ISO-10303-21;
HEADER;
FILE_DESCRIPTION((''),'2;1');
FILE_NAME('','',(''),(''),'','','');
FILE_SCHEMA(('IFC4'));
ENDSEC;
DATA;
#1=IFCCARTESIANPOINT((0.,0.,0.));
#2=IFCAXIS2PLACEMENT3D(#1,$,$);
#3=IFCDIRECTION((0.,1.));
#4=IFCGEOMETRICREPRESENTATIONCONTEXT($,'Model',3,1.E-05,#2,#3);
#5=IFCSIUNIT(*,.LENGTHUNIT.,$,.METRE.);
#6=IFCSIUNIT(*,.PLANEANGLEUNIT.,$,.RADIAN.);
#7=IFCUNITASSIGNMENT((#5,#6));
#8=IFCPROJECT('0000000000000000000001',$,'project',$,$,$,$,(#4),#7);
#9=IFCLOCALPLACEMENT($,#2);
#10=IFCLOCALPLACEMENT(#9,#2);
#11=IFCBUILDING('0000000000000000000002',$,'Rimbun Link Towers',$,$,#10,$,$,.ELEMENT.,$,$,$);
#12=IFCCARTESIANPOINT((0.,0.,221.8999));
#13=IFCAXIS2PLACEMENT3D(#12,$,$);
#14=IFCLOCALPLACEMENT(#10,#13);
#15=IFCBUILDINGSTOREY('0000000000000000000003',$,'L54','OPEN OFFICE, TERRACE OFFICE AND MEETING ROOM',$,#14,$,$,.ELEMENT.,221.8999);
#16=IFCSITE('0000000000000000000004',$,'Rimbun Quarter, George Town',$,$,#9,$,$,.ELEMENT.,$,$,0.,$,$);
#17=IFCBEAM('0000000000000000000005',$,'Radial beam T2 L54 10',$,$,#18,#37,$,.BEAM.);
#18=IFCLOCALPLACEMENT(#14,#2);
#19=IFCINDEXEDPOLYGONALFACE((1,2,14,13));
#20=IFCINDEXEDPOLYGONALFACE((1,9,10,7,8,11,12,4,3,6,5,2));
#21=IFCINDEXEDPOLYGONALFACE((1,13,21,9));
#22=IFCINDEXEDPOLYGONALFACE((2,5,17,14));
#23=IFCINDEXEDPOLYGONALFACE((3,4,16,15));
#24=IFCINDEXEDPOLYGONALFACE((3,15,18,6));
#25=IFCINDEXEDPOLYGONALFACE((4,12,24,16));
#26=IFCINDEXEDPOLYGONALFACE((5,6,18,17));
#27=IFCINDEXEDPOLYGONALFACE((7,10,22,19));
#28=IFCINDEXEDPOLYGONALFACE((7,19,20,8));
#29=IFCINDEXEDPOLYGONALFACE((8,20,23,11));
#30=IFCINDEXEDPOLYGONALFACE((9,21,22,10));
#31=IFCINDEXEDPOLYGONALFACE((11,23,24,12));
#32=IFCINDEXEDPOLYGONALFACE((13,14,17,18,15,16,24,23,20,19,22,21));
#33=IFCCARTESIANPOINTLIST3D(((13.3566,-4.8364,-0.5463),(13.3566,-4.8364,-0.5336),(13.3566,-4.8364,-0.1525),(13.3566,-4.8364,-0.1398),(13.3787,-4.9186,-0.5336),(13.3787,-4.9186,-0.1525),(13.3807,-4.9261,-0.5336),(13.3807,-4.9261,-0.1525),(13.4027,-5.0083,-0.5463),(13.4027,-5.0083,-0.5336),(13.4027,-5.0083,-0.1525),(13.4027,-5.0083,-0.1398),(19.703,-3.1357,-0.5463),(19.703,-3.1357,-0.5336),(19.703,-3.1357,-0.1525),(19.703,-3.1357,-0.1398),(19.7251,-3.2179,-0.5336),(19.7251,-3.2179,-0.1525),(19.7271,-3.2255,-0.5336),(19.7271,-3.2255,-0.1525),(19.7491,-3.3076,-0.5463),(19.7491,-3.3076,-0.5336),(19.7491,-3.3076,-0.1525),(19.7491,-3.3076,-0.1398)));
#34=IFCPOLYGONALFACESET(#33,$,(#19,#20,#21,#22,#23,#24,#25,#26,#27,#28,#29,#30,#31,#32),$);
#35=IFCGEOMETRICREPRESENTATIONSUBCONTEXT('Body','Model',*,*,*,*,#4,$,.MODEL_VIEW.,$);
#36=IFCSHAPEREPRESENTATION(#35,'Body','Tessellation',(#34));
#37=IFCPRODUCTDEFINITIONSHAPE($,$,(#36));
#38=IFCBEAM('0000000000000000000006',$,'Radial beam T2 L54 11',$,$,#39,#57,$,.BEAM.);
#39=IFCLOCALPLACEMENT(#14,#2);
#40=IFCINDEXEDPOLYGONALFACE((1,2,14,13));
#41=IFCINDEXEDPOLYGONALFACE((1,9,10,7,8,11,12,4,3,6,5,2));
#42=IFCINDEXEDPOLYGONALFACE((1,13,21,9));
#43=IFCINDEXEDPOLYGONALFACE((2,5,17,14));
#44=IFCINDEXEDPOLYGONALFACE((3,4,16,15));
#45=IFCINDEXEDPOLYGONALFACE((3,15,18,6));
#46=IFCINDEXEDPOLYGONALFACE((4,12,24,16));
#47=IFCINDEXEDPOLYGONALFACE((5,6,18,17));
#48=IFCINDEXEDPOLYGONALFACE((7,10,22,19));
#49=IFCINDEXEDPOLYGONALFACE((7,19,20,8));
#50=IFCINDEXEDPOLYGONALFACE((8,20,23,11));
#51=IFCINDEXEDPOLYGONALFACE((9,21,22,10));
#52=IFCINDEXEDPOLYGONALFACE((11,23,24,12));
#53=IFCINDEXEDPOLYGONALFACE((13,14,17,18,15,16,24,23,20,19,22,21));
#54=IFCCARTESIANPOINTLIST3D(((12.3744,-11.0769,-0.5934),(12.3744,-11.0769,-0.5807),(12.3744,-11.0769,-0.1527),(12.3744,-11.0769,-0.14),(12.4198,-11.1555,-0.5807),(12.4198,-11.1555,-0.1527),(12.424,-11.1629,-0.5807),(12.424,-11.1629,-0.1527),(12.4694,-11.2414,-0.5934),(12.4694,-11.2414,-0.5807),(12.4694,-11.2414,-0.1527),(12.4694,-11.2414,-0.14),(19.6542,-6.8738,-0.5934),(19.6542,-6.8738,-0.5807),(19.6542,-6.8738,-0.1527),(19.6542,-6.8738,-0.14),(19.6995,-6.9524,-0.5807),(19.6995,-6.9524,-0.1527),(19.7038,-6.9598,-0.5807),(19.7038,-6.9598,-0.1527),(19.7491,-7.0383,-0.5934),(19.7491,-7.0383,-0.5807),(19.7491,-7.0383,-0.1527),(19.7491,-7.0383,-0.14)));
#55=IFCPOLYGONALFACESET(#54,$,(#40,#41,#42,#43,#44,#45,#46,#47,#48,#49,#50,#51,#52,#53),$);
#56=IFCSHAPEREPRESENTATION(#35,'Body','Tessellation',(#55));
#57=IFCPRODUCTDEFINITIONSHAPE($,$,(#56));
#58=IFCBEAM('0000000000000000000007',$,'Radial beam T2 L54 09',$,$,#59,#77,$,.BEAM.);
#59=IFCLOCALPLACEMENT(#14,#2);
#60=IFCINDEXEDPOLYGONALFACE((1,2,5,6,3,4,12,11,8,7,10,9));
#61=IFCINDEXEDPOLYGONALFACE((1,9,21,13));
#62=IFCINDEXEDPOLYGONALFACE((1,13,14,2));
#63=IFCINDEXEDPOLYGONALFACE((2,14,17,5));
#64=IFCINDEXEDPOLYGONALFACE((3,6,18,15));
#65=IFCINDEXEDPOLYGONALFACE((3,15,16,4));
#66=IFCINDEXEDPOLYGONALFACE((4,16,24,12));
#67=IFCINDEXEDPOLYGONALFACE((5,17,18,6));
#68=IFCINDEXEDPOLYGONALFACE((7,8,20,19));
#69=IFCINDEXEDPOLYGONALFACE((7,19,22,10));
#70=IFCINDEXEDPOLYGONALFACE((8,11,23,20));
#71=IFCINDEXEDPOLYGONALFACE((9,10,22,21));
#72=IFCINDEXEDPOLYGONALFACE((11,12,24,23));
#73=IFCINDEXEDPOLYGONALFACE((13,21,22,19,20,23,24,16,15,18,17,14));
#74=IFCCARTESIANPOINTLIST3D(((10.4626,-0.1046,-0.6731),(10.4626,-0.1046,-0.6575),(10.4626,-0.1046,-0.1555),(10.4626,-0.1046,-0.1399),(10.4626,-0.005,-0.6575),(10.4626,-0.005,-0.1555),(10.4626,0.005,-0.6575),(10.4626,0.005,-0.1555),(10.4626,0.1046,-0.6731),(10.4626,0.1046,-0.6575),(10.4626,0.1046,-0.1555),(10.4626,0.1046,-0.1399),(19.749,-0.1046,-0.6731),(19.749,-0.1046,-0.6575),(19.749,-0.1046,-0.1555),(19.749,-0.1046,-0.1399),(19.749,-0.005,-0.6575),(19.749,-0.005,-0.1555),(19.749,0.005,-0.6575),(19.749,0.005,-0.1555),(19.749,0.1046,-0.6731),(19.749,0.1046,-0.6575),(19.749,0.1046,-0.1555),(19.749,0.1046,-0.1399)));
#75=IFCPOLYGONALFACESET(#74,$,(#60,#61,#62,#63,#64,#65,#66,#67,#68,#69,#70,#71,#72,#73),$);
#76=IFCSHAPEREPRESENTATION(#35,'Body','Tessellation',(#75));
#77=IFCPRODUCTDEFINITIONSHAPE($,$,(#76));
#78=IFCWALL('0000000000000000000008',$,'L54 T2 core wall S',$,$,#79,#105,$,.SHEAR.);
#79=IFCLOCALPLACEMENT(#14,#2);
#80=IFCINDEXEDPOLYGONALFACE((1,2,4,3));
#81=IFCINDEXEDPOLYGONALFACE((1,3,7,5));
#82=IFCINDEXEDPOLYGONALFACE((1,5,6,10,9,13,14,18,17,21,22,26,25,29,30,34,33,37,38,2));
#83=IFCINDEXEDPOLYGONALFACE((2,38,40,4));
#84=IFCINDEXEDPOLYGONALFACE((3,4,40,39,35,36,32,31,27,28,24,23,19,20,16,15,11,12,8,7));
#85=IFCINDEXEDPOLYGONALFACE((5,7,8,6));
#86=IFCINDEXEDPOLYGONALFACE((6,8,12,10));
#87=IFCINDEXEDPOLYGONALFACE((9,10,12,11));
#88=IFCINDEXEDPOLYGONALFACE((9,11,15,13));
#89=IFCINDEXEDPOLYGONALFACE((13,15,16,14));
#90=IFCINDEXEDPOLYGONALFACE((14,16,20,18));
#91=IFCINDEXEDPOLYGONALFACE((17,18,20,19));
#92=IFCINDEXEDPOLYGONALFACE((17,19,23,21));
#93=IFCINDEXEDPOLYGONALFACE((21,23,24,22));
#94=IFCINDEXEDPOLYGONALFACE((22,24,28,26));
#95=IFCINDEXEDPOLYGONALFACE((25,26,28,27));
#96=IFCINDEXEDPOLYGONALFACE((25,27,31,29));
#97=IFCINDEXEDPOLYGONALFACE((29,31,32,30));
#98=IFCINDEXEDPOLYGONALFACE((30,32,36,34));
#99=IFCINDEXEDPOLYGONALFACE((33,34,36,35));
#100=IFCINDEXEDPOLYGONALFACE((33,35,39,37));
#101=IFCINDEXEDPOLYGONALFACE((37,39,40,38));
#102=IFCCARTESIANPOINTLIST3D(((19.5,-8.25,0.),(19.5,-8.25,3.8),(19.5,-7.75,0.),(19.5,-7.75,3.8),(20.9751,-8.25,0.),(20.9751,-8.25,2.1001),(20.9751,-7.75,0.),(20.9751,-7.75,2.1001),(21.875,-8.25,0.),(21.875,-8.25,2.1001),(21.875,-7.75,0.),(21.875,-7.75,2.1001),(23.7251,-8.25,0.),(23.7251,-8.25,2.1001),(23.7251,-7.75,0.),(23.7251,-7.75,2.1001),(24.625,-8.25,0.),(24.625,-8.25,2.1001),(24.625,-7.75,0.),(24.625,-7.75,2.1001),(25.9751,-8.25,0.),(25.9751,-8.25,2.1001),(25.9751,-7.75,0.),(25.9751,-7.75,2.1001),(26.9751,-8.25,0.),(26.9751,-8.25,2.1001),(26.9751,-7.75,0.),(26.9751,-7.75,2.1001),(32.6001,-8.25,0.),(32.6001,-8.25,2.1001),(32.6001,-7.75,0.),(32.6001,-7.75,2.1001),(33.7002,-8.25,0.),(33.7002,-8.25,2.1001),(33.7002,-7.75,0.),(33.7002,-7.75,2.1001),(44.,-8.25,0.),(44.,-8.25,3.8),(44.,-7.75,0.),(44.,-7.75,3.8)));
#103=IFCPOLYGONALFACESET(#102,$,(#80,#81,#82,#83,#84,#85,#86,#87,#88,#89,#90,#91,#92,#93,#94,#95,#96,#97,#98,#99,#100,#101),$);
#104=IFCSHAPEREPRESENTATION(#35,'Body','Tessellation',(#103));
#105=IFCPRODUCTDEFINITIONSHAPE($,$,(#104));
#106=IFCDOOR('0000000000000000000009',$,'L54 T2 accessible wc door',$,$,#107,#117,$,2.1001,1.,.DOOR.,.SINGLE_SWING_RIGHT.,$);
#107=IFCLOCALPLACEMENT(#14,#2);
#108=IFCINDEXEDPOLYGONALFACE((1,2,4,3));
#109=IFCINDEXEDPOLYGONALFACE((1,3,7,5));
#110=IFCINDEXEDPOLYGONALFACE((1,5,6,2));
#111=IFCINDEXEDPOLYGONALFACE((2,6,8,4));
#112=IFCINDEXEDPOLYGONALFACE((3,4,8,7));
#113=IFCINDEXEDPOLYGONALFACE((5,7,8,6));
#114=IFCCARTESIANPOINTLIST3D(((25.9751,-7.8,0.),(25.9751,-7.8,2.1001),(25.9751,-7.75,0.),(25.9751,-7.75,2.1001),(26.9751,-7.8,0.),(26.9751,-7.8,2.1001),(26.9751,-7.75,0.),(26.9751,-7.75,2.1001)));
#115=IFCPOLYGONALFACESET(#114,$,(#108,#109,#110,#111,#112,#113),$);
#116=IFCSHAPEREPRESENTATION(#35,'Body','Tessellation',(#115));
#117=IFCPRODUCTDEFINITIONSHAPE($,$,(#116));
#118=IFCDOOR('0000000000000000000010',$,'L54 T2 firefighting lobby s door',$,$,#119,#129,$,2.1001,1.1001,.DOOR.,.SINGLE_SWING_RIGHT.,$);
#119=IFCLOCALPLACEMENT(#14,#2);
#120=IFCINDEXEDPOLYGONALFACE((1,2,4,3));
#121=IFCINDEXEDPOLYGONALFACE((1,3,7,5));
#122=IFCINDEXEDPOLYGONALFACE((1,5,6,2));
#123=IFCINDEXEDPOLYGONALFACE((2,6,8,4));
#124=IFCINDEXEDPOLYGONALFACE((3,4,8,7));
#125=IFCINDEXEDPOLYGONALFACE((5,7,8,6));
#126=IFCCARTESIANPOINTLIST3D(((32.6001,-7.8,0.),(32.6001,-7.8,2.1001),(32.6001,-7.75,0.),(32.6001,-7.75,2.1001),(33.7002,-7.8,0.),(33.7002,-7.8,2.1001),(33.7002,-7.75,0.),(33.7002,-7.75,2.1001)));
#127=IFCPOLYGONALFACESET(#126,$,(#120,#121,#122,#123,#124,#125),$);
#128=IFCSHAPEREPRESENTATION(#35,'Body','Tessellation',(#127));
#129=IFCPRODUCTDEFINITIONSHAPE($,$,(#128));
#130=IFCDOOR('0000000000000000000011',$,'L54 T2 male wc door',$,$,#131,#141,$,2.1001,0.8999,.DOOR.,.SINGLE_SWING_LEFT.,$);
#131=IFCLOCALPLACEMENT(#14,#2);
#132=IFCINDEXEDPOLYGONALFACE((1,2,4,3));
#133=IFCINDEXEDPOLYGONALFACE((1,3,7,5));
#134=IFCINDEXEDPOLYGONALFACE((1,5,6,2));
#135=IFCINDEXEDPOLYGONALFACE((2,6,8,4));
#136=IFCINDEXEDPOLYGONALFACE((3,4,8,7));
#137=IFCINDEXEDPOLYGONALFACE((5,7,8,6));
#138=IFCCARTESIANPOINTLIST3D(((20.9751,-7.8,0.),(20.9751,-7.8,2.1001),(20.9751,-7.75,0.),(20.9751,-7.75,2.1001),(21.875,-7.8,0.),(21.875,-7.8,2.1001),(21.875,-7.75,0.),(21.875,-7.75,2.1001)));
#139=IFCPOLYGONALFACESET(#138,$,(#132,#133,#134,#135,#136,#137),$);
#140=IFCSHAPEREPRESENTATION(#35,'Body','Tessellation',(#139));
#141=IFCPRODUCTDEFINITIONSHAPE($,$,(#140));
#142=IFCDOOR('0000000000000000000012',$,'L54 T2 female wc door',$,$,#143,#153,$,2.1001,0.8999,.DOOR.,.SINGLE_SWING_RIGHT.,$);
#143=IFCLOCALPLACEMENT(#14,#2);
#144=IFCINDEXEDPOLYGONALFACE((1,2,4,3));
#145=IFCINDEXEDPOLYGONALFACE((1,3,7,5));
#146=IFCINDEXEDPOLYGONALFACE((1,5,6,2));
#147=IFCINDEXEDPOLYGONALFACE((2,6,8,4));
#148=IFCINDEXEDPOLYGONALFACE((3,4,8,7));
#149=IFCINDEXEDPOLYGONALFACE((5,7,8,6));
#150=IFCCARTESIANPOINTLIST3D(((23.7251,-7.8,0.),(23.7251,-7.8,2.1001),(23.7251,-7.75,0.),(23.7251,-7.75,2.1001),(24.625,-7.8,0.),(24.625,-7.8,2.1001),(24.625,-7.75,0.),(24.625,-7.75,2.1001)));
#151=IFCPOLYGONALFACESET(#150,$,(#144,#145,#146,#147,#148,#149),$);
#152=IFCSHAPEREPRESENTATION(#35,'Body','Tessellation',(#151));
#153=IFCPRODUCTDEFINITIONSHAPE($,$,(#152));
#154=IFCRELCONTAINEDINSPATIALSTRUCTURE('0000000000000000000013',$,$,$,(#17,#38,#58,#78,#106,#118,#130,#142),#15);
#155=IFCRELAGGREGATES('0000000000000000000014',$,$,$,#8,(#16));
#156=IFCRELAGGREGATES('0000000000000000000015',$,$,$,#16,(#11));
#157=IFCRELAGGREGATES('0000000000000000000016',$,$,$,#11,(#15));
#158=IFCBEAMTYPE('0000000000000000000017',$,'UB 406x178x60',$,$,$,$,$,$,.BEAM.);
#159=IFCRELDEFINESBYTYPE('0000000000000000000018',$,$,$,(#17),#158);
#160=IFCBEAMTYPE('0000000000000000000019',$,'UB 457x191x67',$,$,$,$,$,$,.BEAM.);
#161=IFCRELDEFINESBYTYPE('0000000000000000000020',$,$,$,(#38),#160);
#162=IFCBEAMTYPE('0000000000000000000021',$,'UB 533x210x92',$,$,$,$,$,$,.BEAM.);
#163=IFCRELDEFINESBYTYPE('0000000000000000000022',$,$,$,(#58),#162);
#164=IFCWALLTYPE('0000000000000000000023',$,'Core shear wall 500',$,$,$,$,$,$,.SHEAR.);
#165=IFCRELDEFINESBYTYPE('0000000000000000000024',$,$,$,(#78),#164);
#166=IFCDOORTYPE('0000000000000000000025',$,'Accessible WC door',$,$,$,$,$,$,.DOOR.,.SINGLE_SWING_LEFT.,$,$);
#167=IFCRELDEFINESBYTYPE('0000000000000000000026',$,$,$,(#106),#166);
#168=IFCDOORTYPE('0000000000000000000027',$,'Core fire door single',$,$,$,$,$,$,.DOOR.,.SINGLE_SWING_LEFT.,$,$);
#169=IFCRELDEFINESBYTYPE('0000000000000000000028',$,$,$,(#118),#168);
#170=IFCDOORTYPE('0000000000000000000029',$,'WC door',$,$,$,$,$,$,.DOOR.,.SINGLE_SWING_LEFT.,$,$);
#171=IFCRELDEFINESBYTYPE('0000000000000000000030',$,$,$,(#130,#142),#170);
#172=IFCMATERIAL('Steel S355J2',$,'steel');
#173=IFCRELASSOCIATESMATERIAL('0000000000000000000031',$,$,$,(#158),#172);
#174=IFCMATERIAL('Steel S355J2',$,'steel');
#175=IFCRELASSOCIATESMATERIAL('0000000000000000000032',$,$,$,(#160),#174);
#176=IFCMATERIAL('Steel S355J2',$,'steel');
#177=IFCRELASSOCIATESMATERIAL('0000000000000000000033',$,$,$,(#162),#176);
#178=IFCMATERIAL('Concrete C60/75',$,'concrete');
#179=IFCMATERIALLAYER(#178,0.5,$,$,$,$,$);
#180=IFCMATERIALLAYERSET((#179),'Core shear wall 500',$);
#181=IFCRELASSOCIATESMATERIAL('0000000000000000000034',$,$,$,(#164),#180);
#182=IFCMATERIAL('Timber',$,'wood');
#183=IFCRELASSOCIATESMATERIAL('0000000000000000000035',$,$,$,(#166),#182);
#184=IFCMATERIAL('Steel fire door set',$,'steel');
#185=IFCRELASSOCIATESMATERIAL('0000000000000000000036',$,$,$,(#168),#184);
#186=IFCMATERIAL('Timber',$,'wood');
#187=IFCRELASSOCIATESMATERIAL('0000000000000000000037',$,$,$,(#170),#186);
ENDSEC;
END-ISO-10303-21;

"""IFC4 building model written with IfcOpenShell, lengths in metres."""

from ifc_helpers import new_model, si_unit, direction, frame, frame_2d, origin, origin_2d, place, context, subcontext, project, spatial, rectangle, i_section, extrude, material, layer, layer_set, material_profile, profile_set, type_object, element, fill, save


model = new_model("IFC4")

# Units and contexts
model_context = context("Model", 3, precision=1e-05, world=origin(), true_north=direction((0.0, 1.0)))
body_context = subcontext(model_context, "Body", "Model", "MODEL_VIEW")
ifc_project = project(units=[si_unit("LENGTHUNIT", "METRE"), si_unit("PLANEANGLEUNIT", "RADIAN")], contexts=[model_context])

# Site, building, storey
site_placement = place(None, origin())
site = spatial("IfcSite", under=ifc_project, at=site_placement, Name="Rimbun Quarter, George Town", CompositionType="ELEMENT", RefElevation=0.0)
building_placement = place(site_placement, origin())
building = spatial("IfcBuilding", under=site, at=building_placement, Name="Rimbun Link Towers", CompositionType="ELEMENT")
storey_placement = place(building_placement, frame((0.0, 0.0, 221.8999)))
storey = spatial("IfcBuildingStorey", under=building, at=storey_placement, Name="L54", Description="OPEN OFFICE, TERRACE OFFICE AND MEETING ROOM", CompositionType="ELEMENT", Elevation=221.8999)

# Beams
ifc_material_1 = material(Name="Steel S355J2", Category="steel")
ifc_material_profile_1 = material_profile(ifc_material_1, i_section(OverallWidth=0.178, OverallDepth=0.4065, WebThickness=0.0078, FlangeThickness=0.0127, at=origin_2d()), Name="UB 406x178x60")
ifc_profile_set_1 = profile_set([ifc_material_profile_1], Name="Steel S355J2")
beam_type_1 = type_object("IfcBeamType", Name="UB 406x178x60", PredefinedType="BEAM", material=ifc_profile_set_1)
beam_1_placement = place(storey_placement, frame((19.7261, -3.2217, -0.343), z_axis=(-0.96592, -0.258842, 0.0), x_axis=(0.258842, -0.96592, 0.0)))
element("IfcBeam", 1, at=beam_1_placement, inside=storey, type_object=beam_type_1, Name="Radial beam T2 L54 10", PredefinedType="BEAM", context=body_context, shape_type="SweptSolid", body=[
    extrude(i_section(OverallWidth=0.178, OverallDepth=0.4065, WebThickness=0.0078, FlangeThickness=0.0127, at=origin_2d()), origin(), (0.0, 0.0, 1.0), 6.5703),
])
ifc_material_2 = material(Name="Steel S355J2", Category="steel")
ifc_material_profile_2 = material_profile(ifc_material_2, i_section(OverallWidth=0.1899, OverallDepth=0.4534, WebThickness=0.0085, FlangeThickness=0.0127, at=origin_2d()), Name="UB 457x191x67")
ifc_profile_set_2 = profile_set([ifc_material_profile_2], Name="Steel S355J2")
beam_type_2 = type_object("IfcBeamType", Name="UB 457x191x67", PredefinedType="BEAM", material=ifc_profile_set_2)
beam_2_placement = place(storey_placement, frame((19.7017, -6.9561, -0.3667), z_axis=(-0.866018, -0.500012, 0.0), x_axis=(0.500012, -0.866018, 0.0)))
element("IfcBeam", 2, at=beam_2_placement, inside=storey, type_object=beam_type_2, Name="Radial beam T2 L54 11", PredefinedType="BEAM", context=body_context, shape_type="SweptSolid", body=[
    extrude(i_section(OverallWidth=0.1899, OverallDepth=0.4534, WebThickness=0.0085, FlangeThickness=0.0127, at=origin_2d()), origin(), (0.0, 0.0, 1.0), 8.406),
])
ifc_material_3 = material(Name="Steel S355J2", Category="steel")
ifc_material_profile_3 = material_profile(ifc_material_3, i_section(OverallWidth=0.2092, OverallDepth=0.5332, WebThickness=0.01, FlangeThickness=0.0156, at=origin_2d()), Name="UB 533x210x92")
ifc_profile_set_3 = profile_set([ifc_material_profile_3], Name="Steel S355J2")
beam_type_3 = type_object("IfcBeamType", Name="UB 533x210x92", PredefinedType="BEAM", material=ifc_profile_set_3)
beam_3_placement = place(storey_placement, frame((19.749, 0.0, -0.4065), z_axis=(-1.0, 0.0, 0.0), x_axis=(0.0, -1.0, 0.0)))
element("IfcBeam", 3, at=beam_3_placement, inside=storey, type_object=beam_type_3, Name="Radial beam T2 L54 09", PredefinedType="BEAM", context=body_context, shape_type="SweptSolid", body=[
    extrude(i_section(OverallWidth=0.2092, OverallDepth=0.5332, WebThickness=0.01, FlangeThickness=0.0156, at=origin_2d()), origin(), (0.0, 0.0, 1.0), 9.2864),
])

# Wall, openings, doors
ifc_material_4 = material(Name="Concrete C60/75", Category="concrete")
ifc_layer_1 = layer(ifc_material_4, 0.5)
ifc_layer_set_1 = layer_set([ifc_layer_1], Name="Core shear wall 500")
wall_type_1 = type_object("IfcWallType", Name="Core shear wall 500", PredefinedType="SHEAR", material=ifc_layer_set_1)
wall_1_placement = place(storey_placement, frame((19.5, -8.0, 0.0), z_axis=(0.0, 0.0, 1.0), x_axis=(1.0, 0.0, 0.0)))
wall_1 = element("IfcWall", 4, at=wall_1_placement, inside=storey, type_object=wall_type_1, Name="L54 T2 core wall S", PredefinedType="SHEAR", context=body_context, shape_type="SweptSolid", body=[
    extrude(rectangle(XDim=24.5, YDim=0.5, at=frame_2d((12.25, 0.0))), origin(), (0.0, 0.0, 1.0), 3.8),
])
opening_1_placement = place(wall_1_placement, frame((13.1001, 0.0, 0.0)))
opening_1 = element("IfcOpeningElement", 5, at=opening_1_placement, cuts=wall_1, PredefinedType="OPENING", context=body_context, shape_type="SweptSolid", body=[
    extrude(rectangle(XDim=1.1001, YDim=2.1001, at=frame_2d((0.55, 1.05))), frame((0.0, 0.26, 0.0), z_axis=(0.0, -1.0, 0.0), x_axis=(1.0, 0.0, 0.0)), (0.0, 0.0, 1.0), 0.52),
])
opening_2_placement = place(wall_1_placement, frame((1.4751, 0.0, 0.0)))
opening_2 = element("IfcOpeningElement", 6, at=opening_2_placement, cuts=wall_1, PredefinedType="OPENING", context=body_context, shape_type="SweptSolid", body=[
    extrude(rectangle(XDim=0.8999, YDim=2.1001, at=frame_2d((0.45, 1.05))), frame((0.0, 0.26, 0.0), z_axis=(0.0, -1.0, 0.0), x_axis=(1.0, 0.0, 0.0)), (0.0, 0.0, 1.0), 0.52),
])
opening_3_placement = place(wall_1_placement, frame((4.2251, 0.0, 0.0)))
opening_3 = element("IfcOpeningElement", 7, at=opening_3_placement, cuts=wall_1, PredefinedType="OPENING", context=body_context, shape_type="SweptSolid", body=[
    extrude(rectangle(XDim=0.8999, YDim=2.1001, at=frame_2d((0.45, 1.05))), frame((0.0, 0.26, 0.0), z_axis=(0.0, -1.0, 0.0), x_axis=(1.0, 0.0, 0.0)), (0.0, 0.0, 1.0), 0.52),
])
opening_4_placement = place(wall_1_placement, frame((6.4751, 0.0, 0.0)))
opening_4 = element("IfcOpeningElement", 8, at=opening_4_placement, cuts=wall_1, PredefinedType="OPENING", context=body_context, shape_type="SweptSolid", body=[
    extrude(rectangle(XDim=1.0, YDim=2.1001, at=frame_2d((0.5, 1.05))), frame((0.0, 0.26, 0.0), z_axis=(0.0, -1.0, 0.0), x_axis=(1.0, 0.0, 0.0)), (0.0, 0.0, 1.0), 0.52),
])
ifc_material_5 = material(Name="Timber", Category="wood")
door_type_1 = type_object("IfcDoorType", Name="Accessible WC door", OperationType="SINGLE_SWING_LEFT", PredefinedType="DOOR", material=ifc_material_5)
door_1_placement = place(opening_4_placement, origin())
door_1 = element("IfcDoor", 9, at=door_1_placement, inside=storey, type_object=door_type_1, Name="L54 T2 accessible wc door", OperationType="SINGLE_SWING_RIGHT", OverallHeight=2.1001, OverallWidth=1.0, PredefinedType="DOOR", context=body_context, shape_type="SweptSolid", body=[
    extrude(rectangle(XDim=1.0, YDim=2.1001, at=frame_2d((0.5, 1.05))), frame((0.0, 0.25, 0.0), z_axis=(0.0, -1.0, 0.0), x_axis=(1.0, 0.0, 0.0)), (0.0, 0.0, 1.0), 0.05),
])
fill(opening_4, door_1)
ifc_material_6 = material(Name="Steel fire door set", Category="steel")
door_type_2 = type_object("IfcDoorType", Name="Core fire door single", OperationType="SINGLE_SWING_LEFT", PredefinedType="DOOR", material=ifc_material_6)
door_2_placement = place(opening_1_placement, origin())
door_2 = element("IfcDoor", 10, at=door_2_placement, inside=storey, type_object=door_type_2, Name="L54 T2 firefighting lobby s door", OperationType="SINGLE_SWING_RIGHT", OverallHeight=2.1001, OverallWidth=1.1001, PredefinedType="DOOR", context=body_context, shape_type="SweptSolid", body=[
    extrude(rectangle(XDim=1.1001, YDim=2.1001, at=frame_2d((0.55, 1.05))), frame((0.0, 0.25, 0.0), z_axis=(0.0, -1.0, 0.0), x_axis=(1.0, 0.0, 0.0)), (0.0, 0.0, 1.0), 0.05),
])
fill(opening_1, door_2)
ifc_material_7 = material(Name="Timber", Category="wood")
door_type_3 = type_object("IfcDoorType", Name="WC door", OperationType="SINGLE_SWING_LEFT", PredefinedType="DOOR", material=ifc_material_7)
door_3_placement = place(opening_2_placement, origin())
door_3 = element("IfcDoor", 11, at=door_3_placement, inside=storey, type_object=door_type_3, Name="L54 T2 male wc door", OperationType="SINGLE_SWING_LEFT", OverallHeight=2.1001, OverallWidth=0.8999, PredefinedType="DOOR", context=body_context, shape_type="SweptSolid", body=[
    extrude(rectangle(XDim=0.8999, YDim=2.1001, at=frame_2d((0.45, 1.05))), frame((0.0, 0.25, 0.0), z_axis=(0.0, -1.0, 0.0), x_axis=(1.0, 0.0, 0.0)), (0.0, 0.0, 1.0), 0.05),
])
fill(opening_2, door_3)
door_4_placement = place(opening_3_placement, origin())
door_4 = element("IfcDoor", 12, at=door_4_placement, inside=storey, type_object=door_type_3, Name="L54 T2 female wc door", OperationType="SINGLE_SWING_RIGHT", OverallHeight=2.1001, OverallWidth=0.8999, PredefinedType="DOOR", context=body_context, shape_type="SweptSolid", body=[
    extrude(rectangle(XDim=0.8999, YDim=2.1001, at=frame_2d((0.45, 1.05))), frame((0.0, 0.25, 0.0), z_axis=(0.0, -1.0, 0.0), x_axis=(1.0, 0.0, 0.0)), (0.0, 0.0, 1.0), 0.05),
])
fill(opening_3, door_4)

save(model, "model.ifc")
